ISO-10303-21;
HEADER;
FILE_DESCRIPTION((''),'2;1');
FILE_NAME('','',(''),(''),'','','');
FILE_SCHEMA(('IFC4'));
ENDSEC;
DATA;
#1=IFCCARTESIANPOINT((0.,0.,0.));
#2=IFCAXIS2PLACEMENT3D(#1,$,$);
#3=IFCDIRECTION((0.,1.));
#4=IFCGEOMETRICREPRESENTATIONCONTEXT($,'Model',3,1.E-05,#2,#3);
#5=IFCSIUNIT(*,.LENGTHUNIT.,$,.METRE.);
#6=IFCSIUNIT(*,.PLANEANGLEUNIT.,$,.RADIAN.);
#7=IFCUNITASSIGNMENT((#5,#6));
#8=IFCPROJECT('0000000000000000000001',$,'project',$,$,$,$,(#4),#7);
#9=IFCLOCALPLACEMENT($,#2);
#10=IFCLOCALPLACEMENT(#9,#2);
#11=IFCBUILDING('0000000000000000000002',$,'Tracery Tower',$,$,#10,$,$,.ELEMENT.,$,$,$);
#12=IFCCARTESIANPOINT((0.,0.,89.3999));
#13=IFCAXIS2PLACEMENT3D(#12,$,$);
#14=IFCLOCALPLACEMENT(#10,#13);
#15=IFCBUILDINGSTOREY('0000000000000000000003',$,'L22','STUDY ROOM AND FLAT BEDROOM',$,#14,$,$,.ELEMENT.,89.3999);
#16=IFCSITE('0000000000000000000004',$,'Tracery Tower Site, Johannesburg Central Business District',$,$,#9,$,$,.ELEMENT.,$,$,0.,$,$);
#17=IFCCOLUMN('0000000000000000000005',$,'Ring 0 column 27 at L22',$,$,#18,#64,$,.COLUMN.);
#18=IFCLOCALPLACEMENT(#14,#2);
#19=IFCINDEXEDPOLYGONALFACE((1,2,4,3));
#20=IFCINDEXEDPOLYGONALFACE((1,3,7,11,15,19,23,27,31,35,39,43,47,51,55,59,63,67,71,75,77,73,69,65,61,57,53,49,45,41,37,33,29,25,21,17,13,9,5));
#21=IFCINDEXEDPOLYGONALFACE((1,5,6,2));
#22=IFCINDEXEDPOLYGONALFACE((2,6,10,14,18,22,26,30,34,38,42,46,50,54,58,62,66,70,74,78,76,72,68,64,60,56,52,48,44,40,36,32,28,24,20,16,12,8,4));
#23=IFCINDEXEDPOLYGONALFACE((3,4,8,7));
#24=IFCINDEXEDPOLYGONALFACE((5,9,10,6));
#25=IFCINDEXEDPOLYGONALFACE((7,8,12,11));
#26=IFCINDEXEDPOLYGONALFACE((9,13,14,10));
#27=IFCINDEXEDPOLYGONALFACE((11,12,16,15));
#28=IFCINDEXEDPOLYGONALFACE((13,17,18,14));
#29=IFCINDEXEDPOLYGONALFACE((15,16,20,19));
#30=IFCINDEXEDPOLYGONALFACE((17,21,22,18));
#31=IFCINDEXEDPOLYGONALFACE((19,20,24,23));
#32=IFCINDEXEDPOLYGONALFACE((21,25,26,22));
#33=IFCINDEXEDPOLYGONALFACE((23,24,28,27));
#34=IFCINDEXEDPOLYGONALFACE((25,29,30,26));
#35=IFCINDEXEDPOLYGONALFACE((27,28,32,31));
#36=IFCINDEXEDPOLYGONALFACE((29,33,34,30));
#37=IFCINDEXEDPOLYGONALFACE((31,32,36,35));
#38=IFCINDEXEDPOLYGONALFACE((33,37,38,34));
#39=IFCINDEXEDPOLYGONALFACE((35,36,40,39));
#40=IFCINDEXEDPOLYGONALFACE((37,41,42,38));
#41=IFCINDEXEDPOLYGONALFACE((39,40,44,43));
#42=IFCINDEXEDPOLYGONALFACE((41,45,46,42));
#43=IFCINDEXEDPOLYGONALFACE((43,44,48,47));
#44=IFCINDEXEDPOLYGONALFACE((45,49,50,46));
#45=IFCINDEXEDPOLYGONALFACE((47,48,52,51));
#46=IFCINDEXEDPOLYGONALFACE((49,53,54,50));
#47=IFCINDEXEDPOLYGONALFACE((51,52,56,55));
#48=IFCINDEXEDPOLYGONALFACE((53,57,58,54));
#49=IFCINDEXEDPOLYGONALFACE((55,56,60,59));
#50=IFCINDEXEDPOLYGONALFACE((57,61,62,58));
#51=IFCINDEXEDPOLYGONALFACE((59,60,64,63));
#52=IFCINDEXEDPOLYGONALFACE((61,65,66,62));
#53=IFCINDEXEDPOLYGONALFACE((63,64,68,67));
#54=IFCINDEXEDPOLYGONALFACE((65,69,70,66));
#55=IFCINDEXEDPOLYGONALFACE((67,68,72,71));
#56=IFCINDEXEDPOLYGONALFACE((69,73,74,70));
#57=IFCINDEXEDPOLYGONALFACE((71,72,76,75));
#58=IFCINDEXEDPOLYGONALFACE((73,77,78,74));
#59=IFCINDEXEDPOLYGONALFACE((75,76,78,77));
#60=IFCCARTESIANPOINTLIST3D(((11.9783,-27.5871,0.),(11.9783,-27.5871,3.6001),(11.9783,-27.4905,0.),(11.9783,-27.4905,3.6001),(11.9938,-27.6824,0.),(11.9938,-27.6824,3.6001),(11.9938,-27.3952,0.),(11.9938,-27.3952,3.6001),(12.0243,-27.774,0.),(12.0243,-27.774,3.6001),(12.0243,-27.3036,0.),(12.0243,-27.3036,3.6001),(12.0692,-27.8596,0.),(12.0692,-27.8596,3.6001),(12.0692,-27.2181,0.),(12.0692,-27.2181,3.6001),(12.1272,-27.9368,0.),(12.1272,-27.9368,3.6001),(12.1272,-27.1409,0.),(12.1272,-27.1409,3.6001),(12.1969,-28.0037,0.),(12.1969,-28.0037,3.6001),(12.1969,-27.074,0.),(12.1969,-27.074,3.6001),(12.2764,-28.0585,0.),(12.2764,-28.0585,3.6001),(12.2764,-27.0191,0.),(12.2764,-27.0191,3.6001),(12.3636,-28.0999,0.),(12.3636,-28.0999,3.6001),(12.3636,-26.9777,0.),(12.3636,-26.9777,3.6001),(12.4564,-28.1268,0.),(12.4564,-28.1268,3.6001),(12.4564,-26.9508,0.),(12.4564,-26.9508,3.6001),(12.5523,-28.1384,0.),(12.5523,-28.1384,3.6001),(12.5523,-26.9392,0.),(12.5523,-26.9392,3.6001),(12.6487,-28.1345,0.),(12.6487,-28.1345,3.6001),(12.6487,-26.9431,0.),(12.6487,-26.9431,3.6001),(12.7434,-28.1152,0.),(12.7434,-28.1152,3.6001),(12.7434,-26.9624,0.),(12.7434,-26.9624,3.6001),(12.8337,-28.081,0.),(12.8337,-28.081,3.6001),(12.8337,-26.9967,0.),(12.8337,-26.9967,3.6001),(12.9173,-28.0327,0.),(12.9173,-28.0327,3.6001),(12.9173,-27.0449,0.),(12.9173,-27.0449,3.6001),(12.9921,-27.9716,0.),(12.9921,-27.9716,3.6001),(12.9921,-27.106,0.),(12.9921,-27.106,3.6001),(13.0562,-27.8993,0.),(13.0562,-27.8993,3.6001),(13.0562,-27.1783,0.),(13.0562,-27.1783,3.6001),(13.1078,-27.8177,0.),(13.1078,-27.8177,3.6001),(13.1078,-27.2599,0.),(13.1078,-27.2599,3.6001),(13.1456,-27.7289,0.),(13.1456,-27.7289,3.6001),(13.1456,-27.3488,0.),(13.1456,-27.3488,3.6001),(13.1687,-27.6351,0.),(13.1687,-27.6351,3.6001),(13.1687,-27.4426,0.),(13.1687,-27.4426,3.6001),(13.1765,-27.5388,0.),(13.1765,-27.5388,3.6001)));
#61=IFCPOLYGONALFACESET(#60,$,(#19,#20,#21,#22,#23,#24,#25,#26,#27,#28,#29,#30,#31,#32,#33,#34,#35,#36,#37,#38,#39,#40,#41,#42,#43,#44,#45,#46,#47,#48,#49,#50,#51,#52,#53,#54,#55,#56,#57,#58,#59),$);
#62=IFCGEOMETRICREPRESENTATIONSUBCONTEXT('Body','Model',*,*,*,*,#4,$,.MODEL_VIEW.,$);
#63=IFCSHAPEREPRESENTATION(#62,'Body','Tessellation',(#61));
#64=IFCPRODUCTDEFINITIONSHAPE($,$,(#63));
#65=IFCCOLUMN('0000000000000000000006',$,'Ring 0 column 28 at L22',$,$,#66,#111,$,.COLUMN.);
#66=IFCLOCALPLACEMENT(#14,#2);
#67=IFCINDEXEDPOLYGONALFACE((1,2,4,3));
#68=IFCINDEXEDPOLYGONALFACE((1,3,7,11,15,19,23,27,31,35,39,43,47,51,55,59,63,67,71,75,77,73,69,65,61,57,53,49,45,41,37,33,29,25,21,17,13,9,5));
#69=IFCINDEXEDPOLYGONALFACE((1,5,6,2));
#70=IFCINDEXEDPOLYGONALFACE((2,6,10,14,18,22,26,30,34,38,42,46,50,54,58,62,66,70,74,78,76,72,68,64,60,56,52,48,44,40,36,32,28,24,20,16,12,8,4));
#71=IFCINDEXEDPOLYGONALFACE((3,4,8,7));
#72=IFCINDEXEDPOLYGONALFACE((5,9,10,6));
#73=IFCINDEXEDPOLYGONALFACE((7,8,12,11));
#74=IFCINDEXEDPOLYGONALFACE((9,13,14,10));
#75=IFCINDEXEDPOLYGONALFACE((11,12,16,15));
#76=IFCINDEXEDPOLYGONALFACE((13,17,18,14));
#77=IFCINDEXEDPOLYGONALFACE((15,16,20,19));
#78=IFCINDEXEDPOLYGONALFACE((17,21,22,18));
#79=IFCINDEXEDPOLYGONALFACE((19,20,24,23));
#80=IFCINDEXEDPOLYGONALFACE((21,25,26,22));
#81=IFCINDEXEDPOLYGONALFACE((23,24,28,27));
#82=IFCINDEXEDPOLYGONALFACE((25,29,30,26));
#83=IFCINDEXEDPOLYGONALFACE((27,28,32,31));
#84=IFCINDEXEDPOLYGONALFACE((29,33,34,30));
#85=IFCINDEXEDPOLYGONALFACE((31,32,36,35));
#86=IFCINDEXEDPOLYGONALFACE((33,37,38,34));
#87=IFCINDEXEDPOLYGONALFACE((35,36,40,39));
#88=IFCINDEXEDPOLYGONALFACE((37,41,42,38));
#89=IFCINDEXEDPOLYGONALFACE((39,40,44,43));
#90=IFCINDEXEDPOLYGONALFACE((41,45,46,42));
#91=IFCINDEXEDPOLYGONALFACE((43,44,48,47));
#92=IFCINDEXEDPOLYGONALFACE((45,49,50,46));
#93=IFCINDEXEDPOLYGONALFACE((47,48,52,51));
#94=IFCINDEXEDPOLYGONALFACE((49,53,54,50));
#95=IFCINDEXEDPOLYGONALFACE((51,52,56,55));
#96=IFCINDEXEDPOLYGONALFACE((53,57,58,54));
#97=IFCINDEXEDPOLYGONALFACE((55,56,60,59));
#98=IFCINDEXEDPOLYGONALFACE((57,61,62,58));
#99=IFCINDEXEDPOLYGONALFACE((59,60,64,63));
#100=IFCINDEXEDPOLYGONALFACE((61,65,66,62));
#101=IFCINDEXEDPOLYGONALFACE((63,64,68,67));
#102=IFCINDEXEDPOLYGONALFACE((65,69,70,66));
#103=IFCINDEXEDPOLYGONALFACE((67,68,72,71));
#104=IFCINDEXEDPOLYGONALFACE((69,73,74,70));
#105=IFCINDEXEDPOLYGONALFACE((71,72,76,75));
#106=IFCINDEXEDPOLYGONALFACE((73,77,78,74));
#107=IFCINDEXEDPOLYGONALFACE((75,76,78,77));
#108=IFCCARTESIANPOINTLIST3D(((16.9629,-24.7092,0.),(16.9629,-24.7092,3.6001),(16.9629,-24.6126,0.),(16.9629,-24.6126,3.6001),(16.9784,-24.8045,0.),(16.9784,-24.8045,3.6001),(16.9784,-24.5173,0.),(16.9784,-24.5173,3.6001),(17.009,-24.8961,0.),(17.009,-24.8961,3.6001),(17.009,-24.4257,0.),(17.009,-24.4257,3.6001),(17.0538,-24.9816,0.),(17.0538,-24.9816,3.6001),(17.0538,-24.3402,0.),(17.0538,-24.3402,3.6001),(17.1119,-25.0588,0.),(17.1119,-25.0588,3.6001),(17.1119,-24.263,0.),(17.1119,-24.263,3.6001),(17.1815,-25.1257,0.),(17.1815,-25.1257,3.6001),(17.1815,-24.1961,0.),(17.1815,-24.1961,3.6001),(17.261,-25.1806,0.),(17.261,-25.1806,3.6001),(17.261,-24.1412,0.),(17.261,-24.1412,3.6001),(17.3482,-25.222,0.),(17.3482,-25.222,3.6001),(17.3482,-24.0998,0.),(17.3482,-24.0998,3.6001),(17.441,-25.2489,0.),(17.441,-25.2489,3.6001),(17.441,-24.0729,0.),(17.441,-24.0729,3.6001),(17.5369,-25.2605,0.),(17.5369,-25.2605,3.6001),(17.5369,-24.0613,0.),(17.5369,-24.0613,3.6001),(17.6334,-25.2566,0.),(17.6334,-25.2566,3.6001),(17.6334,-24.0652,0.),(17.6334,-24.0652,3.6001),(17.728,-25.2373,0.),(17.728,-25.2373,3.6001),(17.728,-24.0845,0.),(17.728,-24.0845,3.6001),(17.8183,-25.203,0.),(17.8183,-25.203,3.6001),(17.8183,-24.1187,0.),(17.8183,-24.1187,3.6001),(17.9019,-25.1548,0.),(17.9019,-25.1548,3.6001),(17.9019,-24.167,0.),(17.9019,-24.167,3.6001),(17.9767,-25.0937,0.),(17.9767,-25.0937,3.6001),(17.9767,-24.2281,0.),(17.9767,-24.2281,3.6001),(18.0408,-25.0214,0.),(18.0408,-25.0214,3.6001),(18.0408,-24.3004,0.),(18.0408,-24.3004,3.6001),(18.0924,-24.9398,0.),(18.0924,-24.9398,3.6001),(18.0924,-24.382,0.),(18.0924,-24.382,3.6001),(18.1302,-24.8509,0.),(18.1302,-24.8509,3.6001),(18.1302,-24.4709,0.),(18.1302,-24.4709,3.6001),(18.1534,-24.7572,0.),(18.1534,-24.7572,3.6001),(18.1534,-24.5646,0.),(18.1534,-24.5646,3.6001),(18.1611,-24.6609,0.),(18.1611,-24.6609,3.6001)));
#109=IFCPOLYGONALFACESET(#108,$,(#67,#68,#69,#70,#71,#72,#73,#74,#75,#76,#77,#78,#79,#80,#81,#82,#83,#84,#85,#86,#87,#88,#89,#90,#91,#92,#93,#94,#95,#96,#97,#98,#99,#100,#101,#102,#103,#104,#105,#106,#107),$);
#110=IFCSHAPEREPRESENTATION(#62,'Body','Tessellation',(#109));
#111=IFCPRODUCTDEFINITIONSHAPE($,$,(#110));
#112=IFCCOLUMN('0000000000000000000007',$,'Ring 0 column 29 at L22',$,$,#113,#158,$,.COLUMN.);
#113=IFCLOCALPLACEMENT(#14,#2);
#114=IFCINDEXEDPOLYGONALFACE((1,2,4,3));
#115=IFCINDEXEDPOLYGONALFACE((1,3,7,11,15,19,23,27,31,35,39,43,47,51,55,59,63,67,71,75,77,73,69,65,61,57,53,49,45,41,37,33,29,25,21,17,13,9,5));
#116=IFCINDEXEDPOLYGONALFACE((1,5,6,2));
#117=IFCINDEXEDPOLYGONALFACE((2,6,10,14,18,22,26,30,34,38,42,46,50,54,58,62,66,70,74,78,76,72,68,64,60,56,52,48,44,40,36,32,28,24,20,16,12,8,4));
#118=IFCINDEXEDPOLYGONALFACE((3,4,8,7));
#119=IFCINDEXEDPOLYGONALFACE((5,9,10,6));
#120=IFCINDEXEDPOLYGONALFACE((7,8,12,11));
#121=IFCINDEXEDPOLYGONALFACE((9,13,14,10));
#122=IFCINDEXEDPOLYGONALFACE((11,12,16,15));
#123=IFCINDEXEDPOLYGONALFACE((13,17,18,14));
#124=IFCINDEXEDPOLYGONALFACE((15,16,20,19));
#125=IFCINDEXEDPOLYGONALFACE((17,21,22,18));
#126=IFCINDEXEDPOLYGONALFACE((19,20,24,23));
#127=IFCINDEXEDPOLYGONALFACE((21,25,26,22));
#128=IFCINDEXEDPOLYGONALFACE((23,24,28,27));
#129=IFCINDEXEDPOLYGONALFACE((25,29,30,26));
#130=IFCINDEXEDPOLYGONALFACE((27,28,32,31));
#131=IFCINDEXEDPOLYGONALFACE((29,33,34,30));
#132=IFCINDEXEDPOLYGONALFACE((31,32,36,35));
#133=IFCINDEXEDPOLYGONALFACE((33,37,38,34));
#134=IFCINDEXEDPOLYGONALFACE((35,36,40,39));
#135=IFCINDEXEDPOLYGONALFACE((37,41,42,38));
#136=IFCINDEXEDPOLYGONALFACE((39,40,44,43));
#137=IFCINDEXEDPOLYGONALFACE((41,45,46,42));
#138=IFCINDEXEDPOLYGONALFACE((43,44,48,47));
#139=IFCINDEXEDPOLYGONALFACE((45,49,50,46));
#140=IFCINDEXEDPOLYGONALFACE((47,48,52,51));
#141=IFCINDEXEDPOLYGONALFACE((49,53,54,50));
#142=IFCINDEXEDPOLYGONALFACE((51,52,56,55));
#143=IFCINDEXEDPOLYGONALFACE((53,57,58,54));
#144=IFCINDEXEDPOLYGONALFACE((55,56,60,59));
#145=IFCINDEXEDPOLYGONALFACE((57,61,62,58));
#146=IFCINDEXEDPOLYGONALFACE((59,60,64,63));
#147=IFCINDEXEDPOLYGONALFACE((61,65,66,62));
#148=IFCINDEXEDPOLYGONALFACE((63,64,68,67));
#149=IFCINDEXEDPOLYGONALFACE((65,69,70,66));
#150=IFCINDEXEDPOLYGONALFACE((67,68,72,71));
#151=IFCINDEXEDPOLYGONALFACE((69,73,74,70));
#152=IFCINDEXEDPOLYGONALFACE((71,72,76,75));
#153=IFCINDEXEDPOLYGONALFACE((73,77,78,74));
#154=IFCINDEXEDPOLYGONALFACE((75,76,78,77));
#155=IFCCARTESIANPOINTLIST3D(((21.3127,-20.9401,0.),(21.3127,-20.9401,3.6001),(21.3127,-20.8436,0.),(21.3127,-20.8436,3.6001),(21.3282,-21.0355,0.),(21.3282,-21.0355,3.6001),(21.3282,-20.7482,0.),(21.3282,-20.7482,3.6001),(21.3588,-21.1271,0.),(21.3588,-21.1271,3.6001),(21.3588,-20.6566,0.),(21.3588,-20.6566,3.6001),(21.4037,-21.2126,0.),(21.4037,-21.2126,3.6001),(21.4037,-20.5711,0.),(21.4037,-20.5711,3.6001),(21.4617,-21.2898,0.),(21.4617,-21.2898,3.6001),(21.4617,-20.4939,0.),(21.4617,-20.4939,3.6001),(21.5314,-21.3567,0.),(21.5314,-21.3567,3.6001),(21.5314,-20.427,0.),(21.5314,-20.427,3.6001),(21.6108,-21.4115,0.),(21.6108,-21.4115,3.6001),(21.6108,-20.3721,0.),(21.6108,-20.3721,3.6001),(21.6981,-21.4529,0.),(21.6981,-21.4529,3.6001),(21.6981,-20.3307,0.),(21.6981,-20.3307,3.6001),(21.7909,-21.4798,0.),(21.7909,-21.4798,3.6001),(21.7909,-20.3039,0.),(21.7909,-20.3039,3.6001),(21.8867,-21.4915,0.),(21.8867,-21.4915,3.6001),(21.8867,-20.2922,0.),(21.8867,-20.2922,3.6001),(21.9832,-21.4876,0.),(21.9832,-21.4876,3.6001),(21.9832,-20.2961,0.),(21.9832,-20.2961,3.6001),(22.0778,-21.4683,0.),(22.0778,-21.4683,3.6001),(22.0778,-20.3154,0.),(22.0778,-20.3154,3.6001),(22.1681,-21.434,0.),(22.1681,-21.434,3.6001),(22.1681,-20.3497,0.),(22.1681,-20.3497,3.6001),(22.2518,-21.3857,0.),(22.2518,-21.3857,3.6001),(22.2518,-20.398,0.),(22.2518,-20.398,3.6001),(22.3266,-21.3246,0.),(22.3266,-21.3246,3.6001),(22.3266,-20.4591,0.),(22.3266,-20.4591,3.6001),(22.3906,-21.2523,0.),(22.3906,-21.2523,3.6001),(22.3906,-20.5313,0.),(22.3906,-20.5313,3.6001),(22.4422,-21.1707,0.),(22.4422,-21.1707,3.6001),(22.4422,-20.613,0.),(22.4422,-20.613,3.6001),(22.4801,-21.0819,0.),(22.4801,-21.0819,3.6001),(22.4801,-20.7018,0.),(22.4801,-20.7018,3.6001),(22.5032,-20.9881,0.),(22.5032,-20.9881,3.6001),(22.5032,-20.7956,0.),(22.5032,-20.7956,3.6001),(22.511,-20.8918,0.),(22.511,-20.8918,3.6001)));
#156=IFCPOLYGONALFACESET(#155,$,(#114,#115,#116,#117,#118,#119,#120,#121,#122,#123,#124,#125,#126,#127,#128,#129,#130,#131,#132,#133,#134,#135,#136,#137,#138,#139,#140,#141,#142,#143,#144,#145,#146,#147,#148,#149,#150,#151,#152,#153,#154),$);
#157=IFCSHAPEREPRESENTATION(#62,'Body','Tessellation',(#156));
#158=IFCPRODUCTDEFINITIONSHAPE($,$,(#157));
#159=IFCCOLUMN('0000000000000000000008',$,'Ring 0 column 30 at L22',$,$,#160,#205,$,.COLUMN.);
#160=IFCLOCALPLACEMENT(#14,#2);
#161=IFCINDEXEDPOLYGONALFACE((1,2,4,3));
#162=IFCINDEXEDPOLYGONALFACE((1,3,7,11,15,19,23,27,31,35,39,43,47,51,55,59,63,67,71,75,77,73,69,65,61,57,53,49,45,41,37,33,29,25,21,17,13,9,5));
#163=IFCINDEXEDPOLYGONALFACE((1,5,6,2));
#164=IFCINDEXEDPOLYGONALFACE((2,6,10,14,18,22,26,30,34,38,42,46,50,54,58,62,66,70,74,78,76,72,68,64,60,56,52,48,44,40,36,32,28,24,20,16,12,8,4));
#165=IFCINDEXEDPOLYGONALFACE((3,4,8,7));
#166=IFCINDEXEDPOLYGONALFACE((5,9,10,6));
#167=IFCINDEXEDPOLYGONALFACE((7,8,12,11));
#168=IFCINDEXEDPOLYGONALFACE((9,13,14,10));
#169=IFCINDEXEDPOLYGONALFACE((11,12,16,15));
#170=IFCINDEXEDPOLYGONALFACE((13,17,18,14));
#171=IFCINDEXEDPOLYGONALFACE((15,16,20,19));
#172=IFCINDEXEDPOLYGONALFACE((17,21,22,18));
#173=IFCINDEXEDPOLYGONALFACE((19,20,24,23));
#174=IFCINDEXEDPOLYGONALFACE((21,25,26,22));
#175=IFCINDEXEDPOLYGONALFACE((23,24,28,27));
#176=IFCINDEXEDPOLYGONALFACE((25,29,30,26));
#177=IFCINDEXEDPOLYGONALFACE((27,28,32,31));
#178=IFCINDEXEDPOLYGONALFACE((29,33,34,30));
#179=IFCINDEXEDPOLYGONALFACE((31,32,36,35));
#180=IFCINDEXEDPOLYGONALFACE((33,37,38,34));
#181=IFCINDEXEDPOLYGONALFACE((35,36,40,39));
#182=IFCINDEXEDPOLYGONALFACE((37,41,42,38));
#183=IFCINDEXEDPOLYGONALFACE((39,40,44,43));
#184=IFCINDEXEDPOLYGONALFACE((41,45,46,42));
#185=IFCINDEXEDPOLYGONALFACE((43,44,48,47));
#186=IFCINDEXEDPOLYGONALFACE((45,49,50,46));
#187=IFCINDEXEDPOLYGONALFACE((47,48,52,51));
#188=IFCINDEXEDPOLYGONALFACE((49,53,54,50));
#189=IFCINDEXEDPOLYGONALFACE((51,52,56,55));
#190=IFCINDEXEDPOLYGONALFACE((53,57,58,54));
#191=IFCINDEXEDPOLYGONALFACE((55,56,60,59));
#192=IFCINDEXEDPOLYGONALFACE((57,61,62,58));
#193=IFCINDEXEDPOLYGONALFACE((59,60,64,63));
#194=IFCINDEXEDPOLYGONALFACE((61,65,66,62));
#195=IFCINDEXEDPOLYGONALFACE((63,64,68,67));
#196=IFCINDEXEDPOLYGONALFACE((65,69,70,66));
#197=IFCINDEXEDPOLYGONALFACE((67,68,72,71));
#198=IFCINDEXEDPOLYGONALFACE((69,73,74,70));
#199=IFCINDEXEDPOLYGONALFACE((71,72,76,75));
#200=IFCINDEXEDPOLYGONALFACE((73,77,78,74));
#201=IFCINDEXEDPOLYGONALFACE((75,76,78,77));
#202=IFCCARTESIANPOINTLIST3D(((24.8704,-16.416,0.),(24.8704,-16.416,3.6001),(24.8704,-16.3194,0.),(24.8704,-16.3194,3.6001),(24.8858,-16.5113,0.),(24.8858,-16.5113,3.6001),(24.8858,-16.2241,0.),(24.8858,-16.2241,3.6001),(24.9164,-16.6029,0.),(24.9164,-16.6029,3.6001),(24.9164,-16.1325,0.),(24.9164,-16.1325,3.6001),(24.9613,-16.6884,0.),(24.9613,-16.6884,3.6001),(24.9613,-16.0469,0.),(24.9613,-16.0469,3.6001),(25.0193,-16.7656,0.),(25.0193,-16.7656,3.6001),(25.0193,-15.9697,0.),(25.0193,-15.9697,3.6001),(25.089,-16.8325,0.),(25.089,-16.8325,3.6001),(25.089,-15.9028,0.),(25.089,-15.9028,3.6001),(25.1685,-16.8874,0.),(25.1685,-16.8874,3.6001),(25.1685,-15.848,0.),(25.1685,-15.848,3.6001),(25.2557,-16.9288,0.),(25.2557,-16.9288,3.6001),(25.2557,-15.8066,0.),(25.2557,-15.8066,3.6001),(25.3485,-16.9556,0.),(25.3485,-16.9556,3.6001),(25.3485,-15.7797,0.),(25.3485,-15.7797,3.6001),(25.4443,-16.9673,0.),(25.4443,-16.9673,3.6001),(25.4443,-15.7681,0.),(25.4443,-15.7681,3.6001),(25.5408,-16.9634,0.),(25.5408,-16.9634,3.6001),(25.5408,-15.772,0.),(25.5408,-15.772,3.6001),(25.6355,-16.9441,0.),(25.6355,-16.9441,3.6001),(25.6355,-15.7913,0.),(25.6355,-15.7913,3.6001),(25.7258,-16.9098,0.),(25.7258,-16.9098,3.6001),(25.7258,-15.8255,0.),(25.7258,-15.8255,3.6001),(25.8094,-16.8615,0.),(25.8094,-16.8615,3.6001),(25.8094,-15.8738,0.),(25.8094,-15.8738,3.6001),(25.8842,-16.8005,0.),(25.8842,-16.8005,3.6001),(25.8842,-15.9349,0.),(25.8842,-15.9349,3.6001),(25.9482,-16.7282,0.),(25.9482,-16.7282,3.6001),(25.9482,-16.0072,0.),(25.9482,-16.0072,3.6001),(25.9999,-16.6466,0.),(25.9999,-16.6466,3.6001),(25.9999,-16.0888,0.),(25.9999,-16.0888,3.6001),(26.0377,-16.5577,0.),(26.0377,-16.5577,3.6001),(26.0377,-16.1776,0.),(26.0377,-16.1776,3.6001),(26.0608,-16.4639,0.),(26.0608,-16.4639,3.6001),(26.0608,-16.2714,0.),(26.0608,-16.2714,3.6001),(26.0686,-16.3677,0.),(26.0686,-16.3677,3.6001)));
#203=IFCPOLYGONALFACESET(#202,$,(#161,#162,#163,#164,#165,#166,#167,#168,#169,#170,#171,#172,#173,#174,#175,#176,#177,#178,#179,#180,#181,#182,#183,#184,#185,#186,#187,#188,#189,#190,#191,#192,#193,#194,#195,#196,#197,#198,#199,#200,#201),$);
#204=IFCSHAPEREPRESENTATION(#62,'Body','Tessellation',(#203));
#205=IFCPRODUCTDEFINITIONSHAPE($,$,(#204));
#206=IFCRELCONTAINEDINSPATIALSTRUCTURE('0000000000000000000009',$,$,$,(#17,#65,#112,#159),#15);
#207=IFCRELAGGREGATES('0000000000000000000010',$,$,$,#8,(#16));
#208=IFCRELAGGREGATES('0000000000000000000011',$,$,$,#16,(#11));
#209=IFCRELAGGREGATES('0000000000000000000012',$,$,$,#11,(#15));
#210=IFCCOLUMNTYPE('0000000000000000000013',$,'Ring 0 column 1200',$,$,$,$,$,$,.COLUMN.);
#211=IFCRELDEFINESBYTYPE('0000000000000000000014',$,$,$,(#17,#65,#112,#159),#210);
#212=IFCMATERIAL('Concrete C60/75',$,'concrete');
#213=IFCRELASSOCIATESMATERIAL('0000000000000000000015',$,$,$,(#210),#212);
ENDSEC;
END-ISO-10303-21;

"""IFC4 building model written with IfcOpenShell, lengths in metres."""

from ifc_helpers import new_model, si_unit, direction, frame, origin, origin_2d, place, context, subcontext, project, spatial, circle, extrude, material, material_profile, profile_set, type_object, element, save


model = new_model("IFC4")

# Units and contexts
model_context = context("Model", 3, precision=1e-05, world=origin(), true_north=direction((0.0, 1.0)))
body_context = subcontext(model_context, "Body", "Model", "MODEL_VIEW")
ifc_project = project(units=[si_unit("LENGTHUNIT", "METRE"), si_unit("PLANEANGLEUNIT", "RADIAN")], contexts=[model_context])

# Site, building, storey
site_placement = place(None, origin())
site = spatial("IfcSite", under=ifc_project, at=site_placement, Name="Tracery Tower Site, Johannesburg Central Business District", CompositionType="ELEMENT", RefElevation=0.0)
building_placement = place(site_placement, origin())
building = spatial("IfcBuilding", under=site, at=building_placement, Name="Tracery Tower", CompositionType="ELEMENT")
storey_placement = place(building_placement, frame((0.0, 0.0, 89.3999)))
storey = spatial("IfcBuildingStorey", under=building, at=storey_placement, Name="L22", Description="STUDY ROOM AND FLAT BEDROOM", CompositionType="ELEMENT", Elevation=89.3999)

# Columns
ifc_material_1 = material(Name="Concrete C60/75", Category="concrete")
ifc_material_profile_1 = material_profile(ifc_material_1, circle(Radius=0.6001, at=origin_2d()), Name="RC D1200")
ifc_profile_set_1 = profile_set([ifc_material_profile_1], Name="Concrete C60/75")
column_type_1 = type_object("IfcColumnType", Name="Ring 0 column 1200", PredefinedType="COLUMN", material=ifc_profile_set_1)
for number, where, z_axis, x_axis, name in (
    (1, (12.5764, -27.5388, 0.0), (0.0, 0.0, 1.0), (1.0, 0.0, 0.0), "Ring 0 column 27 at L22"),
    (2, (17.561, -24.6609, 0.0), (0.0, 0.0, 1.0), (1.0, 0.0, 0.0), "Ring 0 column 28 at L22"),
    (3, (21.9109, -20.8918, 0.0), (0.0, 0.0, 1.0), (1.0, 0.0, 0.0), "Ring 0 column 29 at L22"),
    (4, (25.4685, -16.3677, 0.0), (0.0, 0.0, 1.0), (1.0, 0.0, 0.0), "Ring 0 column 30 at L22"),
):
    element("IfcColumn", number, at=place(storey_placement, frame(where, z_axis=z_axis, x_axis=x_axis)), inside=storey, type_object=column_type_1, Name=name, PredefinedType="COLUMN", context=body_context, shape_type="SweptSolid", body=[
        extrude(circle(Radius=0.6001, at=origin_2d()), origin(), (0.0, 0.0, 1.0), 3.6001),
    ])

save(model, "model.ifc")
